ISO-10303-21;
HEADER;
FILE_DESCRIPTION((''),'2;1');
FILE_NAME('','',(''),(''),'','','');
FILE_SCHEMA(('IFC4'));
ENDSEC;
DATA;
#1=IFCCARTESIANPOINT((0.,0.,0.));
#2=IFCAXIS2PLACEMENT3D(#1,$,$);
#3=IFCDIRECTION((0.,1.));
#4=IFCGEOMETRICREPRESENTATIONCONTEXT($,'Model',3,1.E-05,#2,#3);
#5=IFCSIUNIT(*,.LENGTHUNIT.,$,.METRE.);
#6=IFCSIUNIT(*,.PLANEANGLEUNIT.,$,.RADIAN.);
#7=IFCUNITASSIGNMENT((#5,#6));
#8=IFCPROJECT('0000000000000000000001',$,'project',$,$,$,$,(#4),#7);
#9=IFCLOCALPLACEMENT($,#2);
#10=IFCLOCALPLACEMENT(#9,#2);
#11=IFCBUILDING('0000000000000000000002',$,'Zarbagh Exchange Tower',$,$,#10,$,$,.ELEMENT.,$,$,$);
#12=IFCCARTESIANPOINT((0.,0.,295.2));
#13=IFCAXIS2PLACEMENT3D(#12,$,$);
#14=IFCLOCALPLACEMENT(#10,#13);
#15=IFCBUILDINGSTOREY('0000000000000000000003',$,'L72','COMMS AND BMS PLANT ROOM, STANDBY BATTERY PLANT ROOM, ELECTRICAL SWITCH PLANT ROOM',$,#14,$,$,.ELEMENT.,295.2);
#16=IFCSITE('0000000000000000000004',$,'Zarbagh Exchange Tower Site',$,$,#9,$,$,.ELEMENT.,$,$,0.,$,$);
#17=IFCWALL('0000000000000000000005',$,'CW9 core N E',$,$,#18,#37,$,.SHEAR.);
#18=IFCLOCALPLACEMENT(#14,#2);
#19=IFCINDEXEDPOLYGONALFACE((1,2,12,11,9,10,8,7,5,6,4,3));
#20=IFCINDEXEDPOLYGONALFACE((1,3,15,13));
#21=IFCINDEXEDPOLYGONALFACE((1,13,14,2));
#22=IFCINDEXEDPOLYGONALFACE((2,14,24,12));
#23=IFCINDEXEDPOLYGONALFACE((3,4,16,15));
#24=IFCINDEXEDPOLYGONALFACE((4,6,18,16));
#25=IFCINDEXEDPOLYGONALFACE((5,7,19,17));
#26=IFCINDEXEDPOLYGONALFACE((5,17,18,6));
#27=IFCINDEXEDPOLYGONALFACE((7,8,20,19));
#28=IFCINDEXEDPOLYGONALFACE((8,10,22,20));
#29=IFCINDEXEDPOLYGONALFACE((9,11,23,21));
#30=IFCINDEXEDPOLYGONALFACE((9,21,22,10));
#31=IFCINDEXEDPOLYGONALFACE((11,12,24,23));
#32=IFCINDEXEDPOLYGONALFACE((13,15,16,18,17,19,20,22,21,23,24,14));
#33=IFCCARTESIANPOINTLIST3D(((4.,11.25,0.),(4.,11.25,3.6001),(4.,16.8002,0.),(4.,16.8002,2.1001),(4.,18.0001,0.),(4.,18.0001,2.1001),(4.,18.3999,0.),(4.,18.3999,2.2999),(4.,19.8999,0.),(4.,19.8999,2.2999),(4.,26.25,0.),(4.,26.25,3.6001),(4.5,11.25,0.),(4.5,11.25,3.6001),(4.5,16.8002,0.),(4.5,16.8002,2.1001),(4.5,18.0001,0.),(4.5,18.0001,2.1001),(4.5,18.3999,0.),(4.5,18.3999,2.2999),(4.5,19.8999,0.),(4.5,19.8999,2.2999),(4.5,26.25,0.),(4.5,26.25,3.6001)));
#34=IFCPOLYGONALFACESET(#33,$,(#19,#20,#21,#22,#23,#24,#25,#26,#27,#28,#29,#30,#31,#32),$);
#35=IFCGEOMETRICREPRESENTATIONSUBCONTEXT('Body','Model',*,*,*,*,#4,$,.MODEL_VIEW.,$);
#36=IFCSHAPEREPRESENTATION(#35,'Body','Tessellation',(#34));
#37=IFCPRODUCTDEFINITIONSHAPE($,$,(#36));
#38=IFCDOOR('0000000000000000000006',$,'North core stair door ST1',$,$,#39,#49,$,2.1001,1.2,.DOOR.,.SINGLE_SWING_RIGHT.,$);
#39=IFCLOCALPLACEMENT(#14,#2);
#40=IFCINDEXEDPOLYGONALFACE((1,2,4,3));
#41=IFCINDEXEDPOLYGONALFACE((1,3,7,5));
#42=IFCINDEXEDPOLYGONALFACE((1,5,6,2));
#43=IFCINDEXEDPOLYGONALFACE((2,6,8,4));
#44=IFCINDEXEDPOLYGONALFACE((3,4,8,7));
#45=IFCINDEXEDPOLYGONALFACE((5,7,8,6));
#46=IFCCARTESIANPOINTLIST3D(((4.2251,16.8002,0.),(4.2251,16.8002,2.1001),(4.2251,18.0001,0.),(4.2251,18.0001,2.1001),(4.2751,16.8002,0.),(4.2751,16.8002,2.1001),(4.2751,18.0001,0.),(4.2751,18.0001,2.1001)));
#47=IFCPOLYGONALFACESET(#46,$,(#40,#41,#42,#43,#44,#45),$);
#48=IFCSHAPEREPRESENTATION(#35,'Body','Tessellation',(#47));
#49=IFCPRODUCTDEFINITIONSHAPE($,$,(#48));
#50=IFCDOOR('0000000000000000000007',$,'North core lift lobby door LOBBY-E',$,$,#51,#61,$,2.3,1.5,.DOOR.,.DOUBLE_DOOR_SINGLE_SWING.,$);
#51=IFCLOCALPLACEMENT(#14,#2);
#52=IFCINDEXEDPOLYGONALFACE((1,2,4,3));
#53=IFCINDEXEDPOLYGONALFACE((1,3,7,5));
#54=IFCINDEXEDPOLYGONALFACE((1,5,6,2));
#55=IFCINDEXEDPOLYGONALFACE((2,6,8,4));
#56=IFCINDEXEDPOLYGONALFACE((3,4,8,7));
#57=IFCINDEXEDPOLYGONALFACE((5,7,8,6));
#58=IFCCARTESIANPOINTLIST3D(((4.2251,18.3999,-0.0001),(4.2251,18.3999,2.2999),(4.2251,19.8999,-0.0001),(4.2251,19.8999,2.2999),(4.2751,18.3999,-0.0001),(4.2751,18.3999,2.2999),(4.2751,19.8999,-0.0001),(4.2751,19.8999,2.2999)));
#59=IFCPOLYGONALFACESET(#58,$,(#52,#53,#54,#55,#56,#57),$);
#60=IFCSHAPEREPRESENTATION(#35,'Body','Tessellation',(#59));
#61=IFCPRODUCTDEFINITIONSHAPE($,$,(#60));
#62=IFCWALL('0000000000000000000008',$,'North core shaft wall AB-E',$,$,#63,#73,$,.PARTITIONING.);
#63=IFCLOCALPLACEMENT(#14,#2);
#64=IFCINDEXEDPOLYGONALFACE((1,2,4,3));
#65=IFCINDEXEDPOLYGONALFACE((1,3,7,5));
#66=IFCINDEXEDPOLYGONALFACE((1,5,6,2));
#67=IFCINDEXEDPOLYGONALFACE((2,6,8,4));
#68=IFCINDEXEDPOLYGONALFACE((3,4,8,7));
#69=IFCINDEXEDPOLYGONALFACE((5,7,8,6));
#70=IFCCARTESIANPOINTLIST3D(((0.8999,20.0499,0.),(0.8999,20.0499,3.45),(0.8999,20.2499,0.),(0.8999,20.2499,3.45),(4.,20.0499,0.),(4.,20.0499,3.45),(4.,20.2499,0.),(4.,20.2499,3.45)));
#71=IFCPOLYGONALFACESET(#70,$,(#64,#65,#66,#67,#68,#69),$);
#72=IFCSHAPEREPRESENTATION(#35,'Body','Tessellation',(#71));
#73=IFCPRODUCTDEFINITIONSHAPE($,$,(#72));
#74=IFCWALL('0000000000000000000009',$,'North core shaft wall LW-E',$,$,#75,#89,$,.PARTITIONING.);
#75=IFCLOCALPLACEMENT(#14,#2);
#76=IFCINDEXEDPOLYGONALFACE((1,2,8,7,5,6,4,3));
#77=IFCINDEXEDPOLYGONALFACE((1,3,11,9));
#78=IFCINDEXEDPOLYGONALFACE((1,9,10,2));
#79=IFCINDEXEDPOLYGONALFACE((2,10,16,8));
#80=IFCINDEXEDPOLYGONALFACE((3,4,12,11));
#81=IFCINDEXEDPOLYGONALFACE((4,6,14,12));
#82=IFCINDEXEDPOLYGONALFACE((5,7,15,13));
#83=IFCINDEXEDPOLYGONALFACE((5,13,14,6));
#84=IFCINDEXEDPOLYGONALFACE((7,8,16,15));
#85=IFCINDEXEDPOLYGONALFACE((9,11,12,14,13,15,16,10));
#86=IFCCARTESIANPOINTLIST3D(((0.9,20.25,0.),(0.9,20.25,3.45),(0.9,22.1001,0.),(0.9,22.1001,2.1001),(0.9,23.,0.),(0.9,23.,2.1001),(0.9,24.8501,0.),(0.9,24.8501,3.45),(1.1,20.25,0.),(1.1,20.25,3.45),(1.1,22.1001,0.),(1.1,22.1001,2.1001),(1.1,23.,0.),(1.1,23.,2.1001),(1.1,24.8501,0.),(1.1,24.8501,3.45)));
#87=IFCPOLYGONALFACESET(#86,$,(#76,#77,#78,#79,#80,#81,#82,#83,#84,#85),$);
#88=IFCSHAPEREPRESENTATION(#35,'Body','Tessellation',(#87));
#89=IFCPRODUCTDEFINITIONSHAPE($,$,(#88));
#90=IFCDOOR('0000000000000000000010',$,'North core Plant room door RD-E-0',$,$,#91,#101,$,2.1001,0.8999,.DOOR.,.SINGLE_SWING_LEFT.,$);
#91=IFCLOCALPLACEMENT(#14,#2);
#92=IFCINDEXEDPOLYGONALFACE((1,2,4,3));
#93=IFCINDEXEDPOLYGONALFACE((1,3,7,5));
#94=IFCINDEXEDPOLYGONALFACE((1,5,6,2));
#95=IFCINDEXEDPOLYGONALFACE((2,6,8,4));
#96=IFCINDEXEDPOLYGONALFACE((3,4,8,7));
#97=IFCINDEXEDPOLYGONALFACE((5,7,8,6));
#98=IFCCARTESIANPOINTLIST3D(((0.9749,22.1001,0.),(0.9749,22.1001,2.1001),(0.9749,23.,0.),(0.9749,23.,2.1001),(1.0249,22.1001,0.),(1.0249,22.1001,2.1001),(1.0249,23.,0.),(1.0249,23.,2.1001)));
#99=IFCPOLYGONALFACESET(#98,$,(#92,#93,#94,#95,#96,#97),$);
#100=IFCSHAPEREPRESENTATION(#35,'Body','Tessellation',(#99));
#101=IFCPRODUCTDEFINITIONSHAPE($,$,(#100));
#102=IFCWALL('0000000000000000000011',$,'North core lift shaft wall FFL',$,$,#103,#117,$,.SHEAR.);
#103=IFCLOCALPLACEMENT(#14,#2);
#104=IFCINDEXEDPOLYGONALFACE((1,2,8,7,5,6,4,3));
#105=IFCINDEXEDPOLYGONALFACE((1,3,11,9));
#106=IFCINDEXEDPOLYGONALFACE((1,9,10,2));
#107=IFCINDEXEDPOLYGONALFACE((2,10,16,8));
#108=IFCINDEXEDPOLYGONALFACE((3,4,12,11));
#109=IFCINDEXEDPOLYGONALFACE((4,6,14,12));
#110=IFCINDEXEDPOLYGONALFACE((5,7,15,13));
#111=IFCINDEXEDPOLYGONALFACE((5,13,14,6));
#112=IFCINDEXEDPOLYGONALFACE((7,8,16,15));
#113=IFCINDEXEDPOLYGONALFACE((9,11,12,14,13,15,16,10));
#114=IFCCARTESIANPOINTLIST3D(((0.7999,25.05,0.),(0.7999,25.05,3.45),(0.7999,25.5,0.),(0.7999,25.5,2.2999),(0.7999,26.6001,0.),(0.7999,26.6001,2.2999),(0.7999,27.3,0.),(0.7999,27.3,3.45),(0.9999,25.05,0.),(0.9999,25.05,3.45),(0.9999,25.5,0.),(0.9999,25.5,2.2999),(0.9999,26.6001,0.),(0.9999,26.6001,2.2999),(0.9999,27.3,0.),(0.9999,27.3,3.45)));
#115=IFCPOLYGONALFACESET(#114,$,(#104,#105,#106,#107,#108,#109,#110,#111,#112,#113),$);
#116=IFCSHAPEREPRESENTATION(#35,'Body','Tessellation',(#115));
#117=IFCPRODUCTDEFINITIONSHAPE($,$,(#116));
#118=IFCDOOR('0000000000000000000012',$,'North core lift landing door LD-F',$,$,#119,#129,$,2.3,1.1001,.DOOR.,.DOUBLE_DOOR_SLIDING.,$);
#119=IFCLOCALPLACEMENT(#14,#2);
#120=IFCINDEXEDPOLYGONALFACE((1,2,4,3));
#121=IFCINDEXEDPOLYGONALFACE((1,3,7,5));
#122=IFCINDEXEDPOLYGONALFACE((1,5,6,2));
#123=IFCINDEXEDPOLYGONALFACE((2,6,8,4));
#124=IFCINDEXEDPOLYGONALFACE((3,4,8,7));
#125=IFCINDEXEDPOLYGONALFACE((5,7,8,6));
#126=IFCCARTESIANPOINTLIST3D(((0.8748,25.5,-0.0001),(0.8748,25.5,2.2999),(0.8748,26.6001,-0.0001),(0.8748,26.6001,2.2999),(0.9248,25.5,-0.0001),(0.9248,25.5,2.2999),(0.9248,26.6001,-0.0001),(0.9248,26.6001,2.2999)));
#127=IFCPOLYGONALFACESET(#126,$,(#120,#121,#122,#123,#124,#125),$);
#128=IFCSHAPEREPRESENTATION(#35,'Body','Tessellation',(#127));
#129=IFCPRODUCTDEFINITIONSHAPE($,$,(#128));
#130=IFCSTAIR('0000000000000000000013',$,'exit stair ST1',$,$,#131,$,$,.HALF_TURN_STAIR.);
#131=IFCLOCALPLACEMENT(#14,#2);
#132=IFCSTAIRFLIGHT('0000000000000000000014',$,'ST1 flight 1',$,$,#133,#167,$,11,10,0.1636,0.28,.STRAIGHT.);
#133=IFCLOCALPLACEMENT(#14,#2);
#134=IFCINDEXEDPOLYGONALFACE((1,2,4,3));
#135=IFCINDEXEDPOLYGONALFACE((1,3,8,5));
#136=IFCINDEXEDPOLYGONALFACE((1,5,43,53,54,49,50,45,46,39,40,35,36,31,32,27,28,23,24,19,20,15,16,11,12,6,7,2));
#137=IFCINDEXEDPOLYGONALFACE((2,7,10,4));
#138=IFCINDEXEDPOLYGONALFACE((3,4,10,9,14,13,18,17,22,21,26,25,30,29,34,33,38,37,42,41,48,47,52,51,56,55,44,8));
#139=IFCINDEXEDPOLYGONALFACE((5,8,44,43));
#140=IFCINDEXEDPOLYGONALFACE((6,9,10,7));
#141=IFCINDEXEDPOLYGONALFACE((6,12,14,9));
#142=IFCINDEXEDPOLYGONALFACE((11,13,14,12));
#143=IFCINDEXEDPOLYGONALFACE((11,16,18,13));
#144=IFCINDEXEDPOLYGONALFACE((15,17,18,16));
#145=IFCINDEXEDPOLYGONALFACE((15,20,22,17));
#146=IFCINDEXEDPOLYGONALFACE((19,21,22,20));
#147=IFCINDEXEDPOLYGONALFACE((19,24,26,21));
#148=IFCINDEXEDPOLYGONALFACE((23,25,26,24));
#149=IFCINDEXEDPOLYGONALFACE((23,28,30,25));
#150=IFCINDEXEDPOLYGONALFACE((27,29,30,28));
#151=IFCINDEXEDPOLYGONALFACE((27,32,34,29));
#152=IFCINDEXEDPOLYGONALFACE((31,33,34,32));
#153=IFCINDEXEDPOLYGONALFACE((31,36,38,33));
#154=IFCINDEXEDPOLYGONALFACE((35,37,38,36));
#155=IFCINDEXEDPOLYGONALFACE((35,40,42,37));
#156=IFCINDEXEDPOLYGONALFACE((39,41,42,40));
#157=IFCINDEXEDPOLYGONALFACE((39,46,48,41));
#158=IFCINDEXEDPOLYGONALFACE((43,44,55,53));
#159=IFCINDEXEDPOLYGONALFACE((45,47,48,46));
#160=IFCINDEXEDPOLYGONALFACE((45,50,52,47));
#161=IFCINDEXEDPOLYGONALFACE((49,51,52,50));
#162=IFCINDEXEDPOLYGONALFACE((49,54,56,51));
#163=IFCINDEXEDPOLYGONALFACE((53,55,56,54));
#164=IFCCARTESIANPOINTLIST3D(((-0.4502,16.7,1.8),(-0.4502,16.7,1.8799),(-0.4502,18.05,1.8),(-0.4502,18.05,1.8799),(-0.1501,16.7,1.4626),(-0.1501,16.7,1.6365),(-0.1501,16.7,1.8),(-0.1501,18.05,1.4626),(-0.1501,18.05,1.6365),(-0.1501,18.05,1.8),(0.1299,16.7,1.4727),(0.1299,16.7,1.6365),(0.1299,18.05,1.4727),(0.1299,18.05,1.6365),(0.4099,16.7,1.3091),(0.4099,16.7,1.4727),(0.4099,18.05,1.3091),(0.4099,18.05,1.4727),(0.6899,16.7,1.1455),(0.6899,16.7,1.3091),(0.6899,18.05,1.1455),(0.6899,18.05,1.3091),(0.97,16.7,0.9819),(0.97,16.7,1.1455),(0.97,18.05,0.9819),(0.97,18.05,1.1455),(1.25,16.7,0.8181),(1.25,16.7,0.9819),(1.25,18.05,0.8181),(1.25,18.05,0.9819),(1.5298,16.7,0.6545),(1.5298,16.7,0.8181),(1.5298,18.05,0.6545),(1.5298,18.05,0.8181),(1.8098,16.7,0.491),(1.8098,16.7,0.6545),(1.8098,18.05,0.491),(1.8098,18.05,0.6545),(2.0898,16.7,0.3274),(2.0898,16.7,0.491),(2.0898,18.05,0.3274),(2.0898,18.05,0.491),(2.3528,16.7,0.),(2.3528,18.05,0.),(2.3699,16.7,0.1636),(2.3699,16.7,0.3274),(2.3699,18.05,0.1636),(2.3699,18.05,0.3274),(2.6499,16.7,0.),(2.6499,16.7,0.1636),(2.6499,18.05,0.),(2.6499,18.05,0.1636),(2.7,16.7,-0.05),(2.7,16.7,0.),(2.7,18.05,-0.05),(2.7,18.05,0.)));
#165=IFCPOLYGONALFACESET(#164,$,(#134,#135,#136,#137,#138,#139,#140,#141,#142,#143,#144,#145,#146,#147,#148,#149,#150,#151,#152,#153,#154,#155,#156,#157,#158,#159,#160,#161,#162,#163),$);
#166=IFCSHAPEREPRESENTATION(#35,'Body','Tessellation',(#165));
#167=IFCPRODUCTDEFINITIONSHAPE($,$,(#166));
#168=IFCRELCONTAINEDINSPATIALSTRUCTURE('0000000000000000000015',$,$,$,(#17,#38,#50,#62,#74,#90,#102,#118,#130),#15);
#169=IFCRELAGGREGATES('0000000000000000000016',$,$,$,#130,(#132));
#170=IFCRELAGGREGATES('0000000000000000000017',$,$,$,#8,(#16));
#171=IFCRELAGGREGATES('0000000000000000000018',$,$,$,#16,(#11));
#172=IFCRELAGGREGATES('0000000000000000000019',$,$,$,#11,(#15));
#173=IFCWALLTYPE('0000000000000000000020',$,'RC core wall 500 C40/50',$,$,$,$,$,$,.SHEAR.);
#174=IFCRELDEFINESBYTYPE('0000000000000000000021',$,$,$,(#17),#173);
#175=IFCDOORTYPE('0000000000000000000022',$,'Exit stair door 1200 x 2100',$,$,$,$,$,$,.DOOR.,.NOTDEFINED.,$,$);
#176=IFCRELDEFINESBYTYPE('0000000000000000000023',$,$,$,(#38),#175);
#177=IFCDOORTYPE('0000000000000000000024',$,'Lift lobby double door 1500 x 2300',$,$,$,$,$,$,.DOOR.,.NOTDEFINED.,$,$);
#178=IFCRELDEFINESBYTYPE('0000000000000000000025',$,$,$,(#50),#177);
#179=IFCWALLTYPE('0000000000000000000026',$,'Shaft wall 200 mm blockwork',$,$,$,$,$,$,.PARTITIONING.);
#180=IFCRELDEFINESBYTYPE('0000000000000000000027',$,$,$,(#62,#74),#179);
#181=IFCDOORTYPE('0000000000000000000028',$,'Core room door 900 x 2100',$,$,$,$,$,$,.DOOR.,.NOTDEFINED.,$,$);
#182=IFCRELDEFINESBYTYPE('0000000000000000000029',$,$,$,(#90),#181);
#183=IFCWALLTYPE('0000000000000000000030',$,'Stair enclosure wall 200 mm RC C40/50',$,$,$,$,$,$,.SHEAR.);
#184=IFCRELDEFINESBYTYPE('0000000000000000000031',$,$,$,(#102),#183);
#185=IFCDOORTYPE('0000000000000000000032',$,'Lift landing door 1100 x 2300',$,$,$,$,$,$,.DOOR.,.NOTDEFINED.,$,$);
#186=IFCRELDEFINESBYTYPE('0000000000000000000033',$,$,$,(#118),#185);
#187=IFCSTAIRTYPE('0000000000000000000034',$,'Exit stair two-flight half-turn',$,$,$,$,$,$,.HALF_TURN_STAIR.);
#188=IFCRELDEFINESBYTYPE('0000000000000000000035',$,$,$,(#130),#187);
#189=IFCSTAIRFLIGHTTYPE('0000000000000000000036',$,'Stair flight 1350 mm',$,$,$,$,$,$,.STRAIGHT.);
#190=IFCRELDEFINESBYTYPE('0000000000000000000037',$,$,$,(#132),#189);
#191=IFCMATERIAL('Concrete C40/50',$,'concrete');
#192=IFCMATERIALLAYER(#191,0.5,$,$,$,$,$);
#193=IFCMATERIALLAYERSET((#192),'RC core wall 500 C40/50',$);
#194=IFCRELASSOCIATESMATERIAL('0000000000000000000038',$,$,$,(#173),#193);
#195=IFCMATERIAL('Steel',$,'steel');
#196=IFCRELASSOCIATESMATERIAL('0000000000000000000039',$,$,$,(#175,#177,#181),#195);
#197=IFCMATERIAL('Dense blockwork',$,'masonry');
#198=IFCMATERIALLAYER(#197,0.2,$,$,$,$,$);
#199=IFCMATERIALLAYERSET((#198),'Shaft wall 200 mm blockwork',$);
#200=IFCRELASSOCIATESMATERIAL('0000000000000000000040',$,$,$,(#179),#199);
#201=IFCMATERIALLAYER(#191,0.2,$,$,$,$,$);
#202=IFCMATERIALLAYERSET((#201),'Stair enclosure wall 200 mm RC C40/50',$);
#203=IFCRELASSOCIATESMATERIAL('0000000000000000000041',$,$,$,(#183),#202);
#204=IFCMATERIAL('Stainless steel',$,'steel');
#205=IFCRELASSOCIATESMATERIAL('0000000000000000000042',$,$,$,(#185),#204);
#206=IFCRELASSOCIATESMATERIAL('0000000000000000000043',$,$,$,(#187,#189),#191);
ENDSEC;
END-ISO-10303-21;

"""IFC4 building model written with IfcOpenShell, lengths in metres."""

from ifc_helpers import new_model, si_unit, direction, frame, frame_2d, origin, place, context, subcontext, project, spatial, polyline, rectangle, outline, extrude, material, layer, layer_set, type_object, element, fill, aggregate, save


model = new_model("IFC4")

# Units and contexts
model_context = context("Model", 3, precision=1e-05, world=origin(), true_north=direction((0.0, 1.0)))
body_context = subcontext(model_context, "Body", "Model", "MODEL_VIEW")
ifc_project = project(units=[si_unit("LENGTHUNIT", "METRE"), si_unit("PLANEANGLEUNIT", "RADIAN")], contexts=[model_context])

# Site, building, storey
site_placement = place(None, origin())
site = spatial("IfcSite", under=ifc_project, at=site_placement, Name="Zarbagh Exchange Tower Site", CompositionType="ELEMENT", RefElevation=0.0)
building_placement = place(site_placement, origin())
building = spatial("IfcBuilding", under=site, at=building_placement, Name="Zarbagh Exchange Tower", CompositionType="ELEMENT")
storey_placement = place(building_placement, frame((0.0, 0.0, 295.2)))
storey = spatial("IfcBuildingStorey", under=building, at=storey_placement, Name="L72", Description="COMMS AND BMS PLANT ROOM, STANDBY BATTERY PLANT ROOM, ELECTRICAL SWITCH PLANT ROOM", CompositionType="ELEMENT", Elevation=295.2)

# Shared definitions
ifc_material_1 = material(Name="Concrete C40/50", Category="concrete")

# Wall, openings, doors
ifc_layer_1 = layer(ifc_material_1, 0.5)
ifc_layer_set_1 = layer_set([ifc_layer_1], Name="RC core wall 500 C40/50")
wall_type_1 = type_object("IfcWallType", Name="RC core wall 500 C40/50", PredefinedType="SHEAR", material=ifc_layer_set_1)
wall_1_placement = place(storey_placement, frame((4.25, 11.25, 0.0), z_axis=(0.0, 0.0, 1.0), x_axis=(0.0, 1.0, 0.0)))
wall_1 = element("IfcWall", 1, at=wall_1_placement, inside=storey, type_object=wall_type_1, Name="CW9 core N E", PredefinedType="SHEAR", context=body_context, shape_type="SweptSolid", body=[
    extrude(rectangle(XDim=15.0, YDim=0.5, at=frame_2d((7.5, 0.0))), origin(), (0.0, 0.0, 1.0), 3.6001),
])
opening_1_placement = place(wall_1_placement, frame((7.1499, 0.0, 0.0)))
opening_1 = element("IfcOpeningElement", 2, at=opening_1_placement, cuts=wall_1, PredefinedType="OPENING", context=body_context, shape_type="SweptSolid", body=[
    extrude(rectangle(XDim=1.5, YDim=2.3, at=frame_2d((0.75, 1.1499))), frame((0.0, 0.26, 0.0), z_axis=(0.0, -1.0, 0.0), x_axis=(1.0, 0.0, 0.0)), (0.0, 0.0, 1.0), 0.52),
])
opening_2_placement = place(wall_1_placement, frame((5.55, 0.0, 0.0)))
opening_2 = element("IfcOpeningElement", 3, at=opening_2_placement, cuts=wall_1, PredefinedType="OPENING", context=body_context, shape_type="SweptSolid", body=[
    extrude(rectangle(XDim=1.2, YDim=2.1001, at=frame_2d((0.6001, 1.05))), frame((0.0, 0.26, 0.0), z_axis=(0.0, -1.0, 0.0), x_axis=(1.0, 0.0, 0.0)), (0.0, 0.0, 1.0), 0.52),
])
ifc_material_2 = material(Name="Steel", Category="steel")
door_type_1 = type_object("IfcDoorType", Name="Exit stair door 1200 x 2100", OperationType="NOTDEFINED", PredefinedType="DOOR", material=ifc_material_2)
door_1_placement = place(opening_2_placement, origin())
door_1 = element("IfcDoor", 4, at=door_1_placement, inside=storey, type_object=door_type_1, Name="North core stair door ST1", OperationType="SINGLE_SWING_RIGHT", OverallHeight=2.1001, OverallWidth=1.2, PredefinedType="DOOR", context=body_context, shape_type="SweptSolid", body=[
    extrude(rectangle(XDim=1.2, YDim=2.1001, at=frame_2d((0.6001, 1.05))), frame((0.0, 0.0249, 0.0), z_axis=(0.0, -1.0, 0.0), x_axis=(1.0, 0.0, 0.0)), (0.0, 0.0, 1.0), 0.05),
])
fill(opening_2, door_1)
door_type_2 = type_object("IfcDoorType", Name="Lift lobby double door 1500 x 2300", OperationType="NOTDEFINED", PredefinedType="DOOR", material=ifc_material_2)
door_2_placement = place(opening_1_placement, origin())
door_2 = element("IfcDoor", 5, at=door_2_placement, inside=storey, type_object=door_type_2, Name="North core lift lobby door LOBBY-E", OperationType="DOUBLE_DOOR_SINGLE_SWING", OverallHeight=2.3, OverallWidth=1.5, PredefinedType="DOOR", context=body_context, shape_type="SweptSolid", body=[
    extrude(rectangle(XDim=1.5, YDim=2.3, at=frame_2d((0.75, 1.1499))), frame((0.0, 0.0249, 0.0), z_axis=(0.0, -1.0, 0.0), x_axis=(1.0, 0.0, 0.0)), (0.0, 0.0, 1.0), 0.05),
])
fill(opening_1, door_2)

# Wall
ifc_material_3 = material(Name="Dense blockwork", Category="masonry")
ifc_layer_2 = layer(ifc_material_3, 0.2)
ifc_layer_set_2 = layer_set([ifc_layer_2], Name="Shaft wall 200 mm blockwork")
wall_type_2 = type_object("IfcWallType", Name="Shaft wall 200 mm blockwork", PredefinedType="PARTITIONING", material=ifc_layer_set_2)
wall_2_placement = place(storey_placement, frame((0.8999, 20.1499, 0.0), z_axis=(0.0, 0.0, 1.0), x_axis=(1.0, 0.0, 0.0)))
element("IfcWall", 6, at=wall_2_placement, inside=storey, type_object=wall_type_2, Name="North core shaft wall AB-E", PredefinedType="PARTITIONING", context=body_context, shape_type="SweptSolid", body=[
    extrude(rectangle(XDim=3.1001, YDim=0.2, at=frame_2d((1.55, 0.0))), origin(), (0.0, 0.0, 1.0), 3.45),
])

# Walls, openings, doors
wall_3_placement = place(storey_placement, frame((1.0, 24.8501, 0.0), z_axis=(0.0, 0.0, 1.0), x_axis=(0.0, -1.0, 0.0)))
wall_3 = element("IfcWall", 7, at=wall_3_placement, inside=storey, type_object=wall_type_2, Name="North core shaft wall LW-E", PredefinedType="PARTITIONING", context=body_context, shape_type="SweptSolid", body=[
    extrude(rectangle(XDim=4.6001, YDim=0.2, at=frame_2d((2.3, 0.0))), origin(), (0.0, 0.0, 1.0), 3.45),
])
opening_3_placement = place(wall_3_placement, frame((1.8501, 0.0, 0.0)))
opening_3 = element("IfcOpeningElement", 8, at=opening_3_placement, cuts=wall_3, PredefinedType="OPENING", context=body_context, shape_type="SweptSolid", body=[
    extrude(rectangle(XDim=0.8999, YDim=2.1001, at=frame_2d((0.45, 1.05))), frame((0.0, 0.1099, 0.0), z_axis=(0.0, -1.0, 0.0), x_axis=(1.0, 0.0, 0.0)), (0.0, 0.0, 1.0), 0.22),
])
door_type_3 = type_object("IfcDoorType", Name="Core room door 900 x 2100", OperationType="NOTDEFINED", PredefinedType="DOOR", material=ifc_material_2)
door_3_placement = place(opening_3_placement, origin())
door_3 = element("IfcDoor", 9, at=door_3_placement, inside=storey, type_object=door_type_3, Name="North core Plant room door RD-E-0", OperationType="SINGLE_SWING_LEFT", OverallHeight=2.1001, OverallWidth=0.8999, PredefinedType="DOOR", context=body_context, shape_type="SweptSolid", body=[
    extrude(rectangle(XDim=0.8999, YDim=2.1001, at=frame_2d((0.45, 1.05))), frame((0.0, 0.0249, 0.0), z_axis=(0.0, -1.0, 0.0), x_axis=(1.0, 0.0, 0.0)), (0.0, 0.0, 1.0), 0.05),
])
fill(opening_3, door_3)
ifc_layer_3 = layer(ifc_material_1, 0.2)
ifc_layer_set_3 = layer_set([ifc_layer_3], Name="Stair enclosure wall 200 mm RC C40/50")
wall_type_3 = type_object("IfcWallType", Name="Stair enclosure wall 200 mm RC C40/50", PredefinedType="SHEAR", material=ifc_layer_set_3)
wall_4_placement = place(storey_placement, frame((0.8999, 27.3, 0.0), z_axis=(0.0, 0.0, 1.0), x_axis=(0.0, -1.0, 0.0)))
wall_4 = element("IfcWall", 10, at=wall_4_placement, inside=storey, type_object=wall_type_3, Name="North core lift shaft wall FFL", PredefinedType="SHEAR", context=body_context, shape_type="SweptSolid", body=[
    extrude(rectangle(XDim=2.25, YDim=0.2, at=frame_2d((1.125, 0.0))), origin(), (0.0, 0.0, 1.0), 3.45),
])
opening_4_placement = place(wall_4_placement, frame((0.7, 0.0, 0.0)))
opening_4 = element("IfcOpeningElement", 11, at=opening_4_placement, cuts=wall_4, PredefinedType="OPENING", context=body_context, shape_type="SweptSolid", body=[
    extrude(rectangle(XDim=1.1001, YDim=2.3, at=frame_2d((0.55, 1.1499))), frame((0.0, 0.1099, 0.0), z_axis=(0.0, -1.0, 0.0), x_axis=(1.0, 0.0, 0.0)), (0.0, 0.0, 1.0), 0.22),
])
ifc_material_4 = material(Name="Stainless steel", Category="steel")
door_type_4 = type_object("IfcDoorType", Name="Lift landing door 1100 x 2300", OperationType="NOTDEFINED", PredefinedType="DOOR", material=ifc_material_4)
door_4_placement = place(opening_4_placement, origin())
door_4 = element("IfcDoor", 12, at=door_4_placement, inside=storey, type_object=door_type_4, Name="North core lift landing door LD-F", OperationType="DOUBLE_DOOR_SLIDING", OverallHeight=2.3, OverallWidth=1.1001, PredefinedType="DOOR", context=body_context, shape_type="SweptSolid", body=[
    extrude(rectangle(XDim=1.1001, YDim=2.3, at=frame_2d((0.55, 1.1499))), frame((0.0, 0.0249, 0.0), z_axis=(0.0, -1.0, 0.0), x_axis=(1.0, 0.0, 0.0)), (0.0, 0.0, 1.0), 0.05),
])
fill(opening_4, door_4)

# Stair, stair flight
stair_type = type_object("IfcStairType", Name="Exit stair two-flight half-turn", PredefinedType="HALF_TURN_STAIR", material=ifc_material_1)
stair_1_placement = place(storey_placement, origin())
stair_1 = element("IfcStair", 13, at=stair_1_placement, inside=storey, type_object=stair_type, Name="exit stair ST1", PredefinedType="HALF_TURN_STAIR")
stair_flight_type_1 = type_object("IfcStairFlightType", Name="Stair flight 1350 mm", PredefinedType="STRAIGHT", material=ifc_material_1)
stair_flight_1_placement = place(storey_placement, frame((2.6499, 17.375, 0.0), z_axis=(0.0, 0.0, 1.0), x_axis=(-1.0, 0.0, 0.0)))
stair_flight_1 = element("IfcStairFlight", 14, at=stair_flight_1_placement, type_object=stair_flight_type_1, Name="ST1 flight 1", NumberOfRisers=11, NumberOfTreads=10, PredefinedType="STRAIGHT", RiserHeight=0.1636, TreadLength=0.28, context=body_context, shape_type="SweptSolid", body=[
    extrude(outline(polyline([(-0.05, -0.05), (-0.05, 0.0), (0.0, 0.0), (0.0, 0.1636), (0.28, 0.1636), (0.28, 0.3274), (0.5601, 0.3274), (0.5601, 0.491), (0.8401, 0.491), (0.8401, 0.6545), (1.1201, 0.6545), (1.1201, 0.8181), (1.3999, 0.8181), (1.3999, 0.9819), (1.6799, 0.9819), (1.6799, 1.1455), (1.96, 1.1455), (1.96, 1.3091), (2.24, 1.3091), (2.24, 1.4727), (2.52, 1.4727), (2.52, 1.6365), (2.8, 1.6365), (2.8, 1.8), (3.1001, 1.8799), (3.1001, 1.8), (2.8, 1.4626), (0.2971, 0.0), (-0.05, -0.05)])), frame((0.0, 0.675, 0.0), z_axis=(0.0, -1.0, 0.0), x_axis=(1.0, 0.0, 0.0)), (0.0, 0.0, 1.0), 1.3501),
])
aggregate(stair_1, [stair_flight_1])

save(model, "model.ifc")
